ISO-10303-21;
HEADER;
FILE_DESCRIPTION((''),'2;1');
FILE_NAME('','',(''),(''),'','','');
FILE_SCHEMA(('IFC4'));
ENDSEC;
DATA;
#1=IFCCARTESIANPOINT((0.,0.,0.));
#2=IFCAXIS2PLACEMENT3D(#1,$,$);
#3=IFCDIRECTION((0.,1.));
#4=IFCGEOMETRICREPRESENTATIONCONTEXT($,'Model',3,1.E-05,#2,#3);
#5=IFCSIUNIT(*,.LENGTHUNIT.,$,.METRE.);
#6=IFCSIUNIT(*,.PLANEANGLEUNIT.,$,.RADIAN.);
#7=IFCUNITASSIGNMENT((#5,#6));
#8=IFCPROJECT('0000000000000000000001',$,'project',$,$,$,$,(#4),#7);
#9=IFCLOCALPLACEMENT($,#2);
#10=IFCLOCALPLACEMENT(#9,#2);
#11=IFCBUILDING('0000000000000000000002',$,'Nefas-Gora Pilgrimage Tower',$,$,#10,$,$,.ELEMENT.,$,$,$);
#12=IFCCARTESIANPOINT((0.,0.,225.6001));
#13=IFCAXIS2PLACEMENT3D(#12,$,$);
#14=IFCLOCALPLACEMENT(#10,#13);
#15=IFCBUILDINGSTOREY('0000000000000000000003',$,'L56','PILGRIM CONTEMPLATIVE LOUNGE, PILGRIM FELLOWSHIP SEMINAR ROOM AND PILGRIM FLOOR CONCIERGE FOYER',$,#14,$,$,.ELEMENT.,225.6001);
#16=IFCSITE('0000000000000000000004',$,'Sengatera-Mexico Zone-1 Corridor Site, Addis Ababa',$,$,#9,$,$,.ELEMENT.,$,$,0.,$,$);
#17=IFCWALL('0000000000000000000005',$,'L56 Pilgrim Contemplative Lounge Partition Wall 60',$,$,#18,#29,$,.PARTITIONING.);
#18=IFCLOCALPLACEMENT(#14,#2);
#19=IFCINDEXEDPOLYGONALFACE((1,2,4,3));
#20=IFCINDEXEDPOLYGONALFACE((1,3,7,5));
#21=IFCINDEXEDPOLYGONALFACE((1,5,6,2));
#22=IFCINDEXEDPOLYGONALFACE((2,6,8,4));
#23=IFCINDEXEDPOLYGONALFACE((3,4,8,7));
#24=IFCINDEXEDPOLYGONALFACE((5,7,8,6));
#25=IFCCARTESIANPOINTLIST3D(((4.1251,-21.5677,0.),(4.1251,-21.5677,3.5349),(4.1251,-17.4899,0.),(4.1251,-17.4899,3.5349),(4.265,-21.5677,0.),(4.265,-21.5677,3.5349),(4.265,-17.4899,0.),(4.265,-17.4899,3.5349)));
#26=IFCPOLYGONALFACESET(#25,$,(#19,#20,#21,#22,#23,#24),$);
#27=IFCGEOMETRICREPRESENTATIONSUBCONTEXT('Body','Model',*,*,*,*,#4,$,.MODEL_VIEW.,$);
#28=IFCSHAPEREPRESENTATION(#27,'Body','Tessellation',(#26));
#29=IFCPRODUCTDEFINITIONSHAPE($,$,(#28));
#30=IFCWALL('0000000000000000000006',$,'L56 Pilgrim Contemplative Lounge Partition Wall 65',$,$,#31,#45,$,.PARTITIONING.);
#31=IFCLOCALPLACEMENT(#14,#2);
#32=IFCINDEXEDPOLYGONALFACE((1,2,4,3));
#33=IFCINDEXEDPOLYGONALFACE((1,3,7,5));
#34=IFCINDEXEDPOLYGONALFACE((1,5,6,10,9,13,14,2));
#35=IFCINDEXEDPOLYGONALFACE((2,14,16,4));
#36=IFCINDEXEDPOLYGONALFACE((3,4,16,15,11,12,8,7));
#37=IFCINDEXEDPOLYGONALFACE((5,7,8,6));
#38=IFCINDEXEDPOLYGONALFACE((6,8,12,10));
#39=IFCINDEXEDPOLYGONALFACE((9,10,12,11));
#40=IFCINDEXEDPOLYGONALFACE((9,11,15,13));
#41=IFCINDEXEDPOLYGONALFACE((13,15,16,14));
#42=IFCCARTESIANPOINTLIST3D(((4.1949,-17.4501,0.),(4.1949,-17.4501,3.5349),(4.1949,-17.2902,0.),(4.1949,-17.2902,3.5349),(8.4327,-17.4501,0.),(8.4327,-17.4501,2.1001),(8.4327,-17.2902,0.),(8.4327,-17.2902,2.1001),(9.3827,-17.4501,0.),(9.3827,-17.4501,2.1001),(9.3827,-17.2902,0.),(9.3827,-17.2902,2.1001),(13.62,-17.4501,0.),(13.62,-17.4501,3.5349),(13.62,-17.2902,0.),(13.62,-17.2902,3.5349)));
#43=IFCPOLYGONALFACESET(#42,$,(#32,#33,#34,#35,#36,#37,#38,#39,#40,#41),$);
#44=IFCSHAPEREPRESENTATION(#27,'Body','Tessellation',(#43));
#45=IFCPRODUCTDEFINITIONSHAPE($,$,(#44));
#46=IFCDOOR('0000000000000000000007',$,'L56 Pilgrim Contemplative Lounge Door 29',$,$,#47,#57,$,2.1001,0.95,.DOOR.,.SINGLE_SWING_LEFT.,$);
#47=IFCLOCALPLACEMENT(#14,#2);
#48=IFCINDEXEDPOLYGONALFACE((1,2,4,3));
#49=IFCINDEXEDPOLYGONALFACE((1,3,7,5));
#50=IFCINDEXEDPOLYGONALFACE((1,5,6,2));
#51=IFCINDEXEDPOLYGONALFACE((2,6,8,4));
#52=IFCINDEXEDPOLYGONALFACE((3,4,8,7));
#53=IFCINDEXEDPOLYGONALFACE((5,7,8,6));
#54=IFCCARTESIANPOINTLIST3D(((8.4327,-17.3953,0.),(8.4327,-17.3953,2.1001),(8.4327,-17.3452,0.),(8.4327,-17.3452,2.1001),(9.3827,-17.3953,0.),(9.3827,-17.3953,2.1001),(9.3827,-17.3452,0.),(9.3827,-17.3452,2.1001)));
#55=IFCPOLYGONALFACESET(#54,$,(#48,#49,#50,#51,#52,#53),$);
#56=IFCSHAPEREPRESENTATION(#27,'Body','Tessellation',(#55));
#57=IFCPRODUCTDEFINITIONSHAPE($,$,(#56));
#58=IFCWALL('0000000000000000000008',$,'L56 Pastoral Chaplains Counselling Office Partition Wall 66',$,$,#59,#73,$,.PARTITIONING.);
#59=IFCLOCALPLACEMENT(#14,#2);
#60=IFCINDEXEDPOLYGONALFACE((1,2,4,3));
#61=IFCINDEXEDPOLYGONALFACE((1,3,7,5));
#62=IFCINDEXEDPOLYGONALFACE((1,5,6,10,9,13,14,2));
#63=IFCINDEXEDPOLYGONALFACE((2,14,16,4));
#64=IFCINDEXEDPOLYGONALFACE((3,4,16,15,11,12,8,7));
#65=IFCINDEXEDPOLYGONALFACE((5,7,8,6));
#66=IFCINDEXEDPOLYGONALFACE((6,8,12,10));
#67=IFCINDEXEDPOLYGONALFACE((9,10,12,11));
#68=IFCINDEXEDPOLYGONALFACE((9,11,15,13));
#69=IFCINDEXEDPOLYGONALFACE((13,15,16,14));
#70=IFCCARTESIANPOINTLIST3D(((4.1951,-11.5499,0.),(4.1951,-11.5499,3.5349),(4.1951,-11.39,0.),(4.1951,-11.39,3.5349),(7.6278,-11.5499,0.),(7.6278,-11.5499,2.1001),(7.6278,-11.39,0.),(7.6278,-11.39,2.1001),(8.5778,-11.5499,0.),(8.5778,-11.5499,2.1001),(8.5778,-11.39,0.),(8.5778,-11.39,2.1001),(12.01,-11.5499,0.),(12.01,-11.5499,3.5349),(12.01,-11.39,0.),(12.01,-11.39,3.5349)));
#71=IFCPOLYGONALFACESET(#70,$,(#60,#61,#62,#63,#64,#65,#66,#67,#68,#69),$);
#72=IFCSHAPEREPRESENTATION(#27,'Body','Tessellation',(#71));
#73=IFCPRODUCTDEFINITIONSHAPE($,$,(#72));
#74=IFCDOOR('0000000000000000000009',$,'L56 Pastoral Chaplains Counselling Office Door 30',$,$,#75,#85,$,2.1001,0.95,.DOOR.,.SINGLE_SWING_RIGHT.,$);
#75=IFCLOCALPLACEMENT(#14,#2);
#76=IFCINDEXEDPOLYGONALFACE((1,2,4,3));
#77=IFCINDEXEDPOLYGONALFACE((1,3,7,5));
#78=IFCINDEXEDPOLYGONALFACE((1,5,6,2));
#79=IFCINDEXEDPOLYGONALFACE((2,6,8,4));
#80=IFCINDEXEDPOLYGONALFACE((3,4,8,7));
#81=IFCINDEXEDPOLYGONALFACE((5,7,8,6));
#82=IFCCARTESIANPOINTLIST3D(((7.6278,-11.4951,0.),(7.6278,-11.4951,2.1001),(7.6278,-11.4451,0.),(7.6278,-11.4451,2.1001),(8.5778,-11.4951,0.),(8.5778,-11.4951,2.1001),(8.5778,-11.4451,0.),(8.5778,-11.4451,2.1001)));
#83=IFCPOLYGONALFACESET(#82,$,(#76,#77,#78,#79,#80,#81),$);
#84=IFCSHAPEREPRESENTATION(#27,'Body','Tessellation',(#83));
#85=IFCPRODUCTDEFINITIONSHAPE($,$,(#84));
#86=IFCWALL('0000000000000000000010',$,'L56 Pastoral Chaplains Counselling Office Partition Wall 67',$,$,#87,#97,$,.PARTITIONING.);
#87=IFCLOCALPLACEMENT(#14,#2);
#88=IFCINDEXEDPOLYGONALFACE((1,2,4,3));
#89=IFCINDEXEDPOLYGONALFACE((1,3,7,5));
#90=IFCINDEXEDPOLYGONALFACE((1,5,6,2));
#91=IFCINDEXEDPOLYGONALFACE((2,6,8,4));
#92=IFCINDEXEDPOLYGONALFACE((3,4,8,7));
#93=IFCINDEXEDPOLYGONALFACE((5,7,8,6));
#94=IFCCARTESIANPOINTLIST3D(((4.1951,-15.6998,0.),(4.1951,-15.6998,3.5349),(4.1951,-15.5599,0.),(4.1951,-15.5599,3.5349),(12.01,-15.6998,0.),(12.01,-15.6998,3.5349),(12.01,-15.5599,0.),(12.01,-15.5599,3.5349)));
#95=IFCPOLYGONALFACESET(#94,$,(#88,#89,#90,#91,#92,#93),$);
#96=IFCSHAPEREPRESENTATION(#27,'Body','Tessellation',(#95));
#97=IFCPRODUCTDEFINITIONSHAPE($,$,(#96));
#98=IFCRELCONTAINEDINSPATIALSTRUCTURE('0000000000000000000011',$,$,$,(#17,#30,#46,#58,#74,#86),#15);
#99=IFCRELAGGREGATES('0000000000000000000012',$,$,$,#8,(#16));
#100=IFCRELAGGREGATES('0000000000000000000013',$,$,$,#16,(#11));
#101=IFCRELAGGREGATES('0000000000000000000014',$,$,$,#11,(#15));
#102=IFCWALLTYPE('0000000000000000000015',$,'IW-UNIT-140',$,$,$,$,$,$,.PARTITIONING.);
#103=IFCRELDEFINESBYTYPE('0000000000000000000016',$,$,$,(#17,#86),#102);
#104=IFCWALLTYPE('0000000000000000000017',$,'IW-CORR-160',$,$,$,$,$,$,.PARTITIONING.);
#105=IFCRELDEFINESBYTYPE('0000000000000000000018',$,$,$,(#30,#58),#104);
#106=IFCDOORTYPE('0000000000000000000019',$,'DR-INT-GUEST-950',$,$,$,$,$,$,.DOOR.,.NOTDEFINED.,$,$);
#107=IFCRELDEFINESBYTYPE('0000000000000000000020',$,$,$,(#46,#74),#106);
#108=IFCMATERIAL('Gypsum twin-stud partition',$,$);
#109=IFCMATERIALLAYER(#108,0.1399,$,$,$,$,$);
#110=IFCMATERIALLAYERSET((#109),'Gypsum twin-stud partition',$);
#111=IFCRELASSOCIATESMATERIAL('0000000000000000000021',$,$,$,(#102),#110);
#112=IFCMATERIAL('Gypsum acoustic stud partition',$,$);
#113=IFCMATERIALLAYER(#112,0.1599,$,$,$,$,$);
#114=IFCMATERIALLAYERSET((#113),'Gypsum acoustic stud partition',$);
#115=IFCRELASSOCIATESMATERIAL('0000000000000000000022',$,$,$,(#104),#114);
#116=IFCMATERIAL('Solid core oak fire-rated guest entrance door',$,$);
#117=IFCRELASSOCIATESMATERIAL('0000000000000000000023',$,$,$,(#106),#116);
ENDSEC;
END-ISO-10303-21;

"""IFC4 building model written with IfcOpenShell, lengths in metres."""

from ifc_helpers import new_model, si_unit, direction, frame, frame_2d, origin, place, context, subcontext, project, spatial, rectangle, extrude, source, transform, mapped, material, layer, layer_set, type_object, element, fill, save


model = new_model("IFC4")

# Units and contexts
model_context = context("Model", 3, precision=1e-05, world=origin(), true_north=direction((0.0, 1.0)))
body_context = subcontext(model_context, "Body", "Model", "MODEL_VIEW")
ifc_project = project(units=[si_unit("LENGTHUNIT", "METRE"), si_unit("PLANEANGLEUNIT", "RADIAN")], contexts=[model_context])

# Site, building, storey
site_placement = place(None, origin())
site = spatial("IfcSite", under=ifc_project, at=site_placement, Name="Sengatera-Mexico Zone-1 Corridor Site, Addis Ababa", CompositionType="ELEMENT", RefElevation=0.0)
building_placement = place(site_placement, origin())
building = spatial("IfcBuilding", under=site, at=building_placement, Name="Nefas-Gora Pilgrimage Tower", CompositionType="ELEMENT")
storey_placement = place(building_placement, frame((0.0, 0.0, 225.6001)))
storey = spatial("IfcBuildingStorey", under=building, at=storey_placement, Name="L56", Description="PILGRIM CONTEMPLATIVE LOUNGE, PILGRIM FELLOWSHIP SEMINAR ROOM AND PILGRIM FLOOR CONCIERGE FOYER", CompositionType="ELEMENT", Elevation=225.6001)

# Wall
ifc_material_1 = material(Name="Gypsum twin-stud partition")
ifc_layer_1 = layer(ifc_material_1, 0.1399)
ifc_layer_set_1 = layer_set([ifc_layer_1], Name="Gypsum twin-stud partition")
wall_type_1 = type_object("IfcWallType", Name="IW-UNIT-140", PredefinedType="PARTITIONING", material=ifc_layer_set_1)
shared_shape_1 = source(origin(), body_context, "Body", "SweptSolid", [
    extrude(rectangle(XDim=4.0779, YDim=0.1399, at=frame_2d((2.0391, 0.0))), origin(), (0.0, 0.0, 1.0), 3.5349),
])
wall_1_placement = place(storey_placement, frame((4.1951, -21.5679, 0.0), z_axis=(0.0, 0.0, 1.0), x_axis=(0.0, 1.0, 0.0)))
element("IfcWall", 1, at=wall_1_placement, inside=storey, type_object=wall_type_1, Name="L56 Pilgrim Contemplative Lounge Partition Wall 60", PredefinedType="PARTITIONING", context=body_context, shape_type="MappedRepresentation", body=[
    mapped(shared_shape_1, transform((0.0, 0.0, 0.0), x_axis=(1.0, 0.0, 0.0), y_axis=(0.0, 1.0, 0.0), z_axis=(0.0, 0.0, 1.0), scale=1.0)),
])

# Walls, openings, doors
ifc_material_2 = material(Name="Gypsum acoustic stud partition")
ifc_layer_2 = layer(ifc_material_2, 0.1599)
ifc_layer_set_2 = layer_set([ifc_layer_2], Name="Gypsum acoustic stud partition")
wall_type_2 = type_object("IfcWallType", Name="IW-CORR-160", PredefinedType="PARTITIONING", material=ifc_layer_set_2)
shared_shape_2 = source(origin(), body_context, "Body", "SweptSolid", [
    extrude(rectangle(XDim=9.425, YDim=0.1599, at=frame_2d((4.7124, 0.0))), origin(), (0.0, 0.0, 1.0), 3.5349),
])
wall_2_placement = place(storey_placement, frame((4.1951, -17.3701, 0.0), z_axis=(0.0, 0.0, 1.0), x_axis=(1.0, 0.0, 0.0)))
wall_2 = element("IfcWall", 2, at=wall_2_placement, inside=storey, type_object=wall_type_2, Name="L56 Pilgrim Contemplative Lounge Partition Wall 65", PredefinedType="PARTITIONING", context=body_context, shape_type="MappedRepresentation", body=[
    mapped(shared_shape_2, transform((0.0, 0.0, 0.0), x_axis=(1.0, 0.0, 0.0), y_axis=(0.0, 1.0, 0.0), z_axis=(0.0, 0.0, 1.0), scale=1.0)),
])
opening_1_placement = place(wall_2_placement, frame((4.2375, 0.0, 0.0)))
opening_1 = element("IfcOpeningElement", 3, at=opening_1_placement, cuts=wall_2, PredefinedType="OPENING", context=body_context, shape_type="SweptSolid", body=[
    extrude(rectangle(XDim=0.95, YDim=2.1001, at=frame_2d((0.4751, 1.05))), frame((0.0, 0.0898, 0.0), z_axis=(0.0, -1.0, 0.0), x_axis=(1.0, 0.0, 0.0)), (0.0, 0.0, 1.0), 0.1799),
])
ifc_material_3 = material(Name="Solid core oak fire-rated guest entrance door")
door_type = type_object("IfcDoorType", Name="DR-INT-GUEST-950", OperationType="NOTDEFINED", PredefinedType="DOOR", material=ifc_material_3)
shared_shape_3 = source(origin(), body_context, "Body", "SweptSolid", [
    extrude(rectangle(XDim=0.95, YDim=2.1001, at=frame_2d((0.4751, 1.05))), frame((0.0, 0.0249, 0.0), z_axis=(0.0, -1.0, 0.0), x_axis=(1.0, 0.0, 0.0)), (0.0, 0.0, 1.0), 0.05),
])
door_1_placement = place(opening_1_placement, origin())
door_1 = element("IfcDoor", 4, at=door_1_placement, inside=storey, type_object=door_type, Name="L56 Pilgrim Contemplative Lounge Door 29", OperationType="SINGLE_SWING_LEFT", OverallHeight=2.1001, OverallWidth=0.95, PredefinedType="DOOR", context=body_context, shape_type="MappedRepresentation", body=[
    mapped(shared_shape_3, transform((0.0, 0.0, 0.0), x_axis=(1.0, 0.0, 0.0), y_axis=(0.0, 1.0, 0.0), z_axis=(0.0, 0.0, 1.0), scale=1.0)),
])
fill(opening_1, door_1)
shared_shape_4 = source(origin(), body_context, "Body", "SweptSolid", [
    extrude(rectangle(XDim=7.8149, YDim=0.1599, at=frame_2d((3.9075, 0.0))), origin(), (0.0, 0.0, 1.0), 3.5349),
])
wall_3_placement = place(storey_placement, frame((4.1951, -11.47, 0.0), z_axis=(0.0, 0.0, 1.0), x_axis=(1.0, 0.0, 0.0)))
wall_3 = element("IfcWall", 5, at=wall_3_placement, inside=storey, type_object=wall_type_2, Name="L56 Pastoral Chaplains Counselling Office Partition Wall 66", PredefinedType="PARTITIONING", context=body_context, shape_type="MappedRepresentation", body=[
    mapped(shared_shape_4, transform((0.0, 0.0, 0.0), x_axis=(1.0, 0.0, 0.0), y_axis=(0.0, 1.0, 0.0), z_axis=(0.0, 0.0, 1.0), scale=1.0)),
])
opening_2_placement = place(wall_3_placement, frame((3.4326, 0.0, 0.0)))
opening_2 = element("IfcOpeningElement", 6, at=opening_2_placement, cuts=wall_3, PredefinedType="OPENING", context=body_context, shape_type="SweptSolid", body=[
    extrude(rectangle(XDim=0.95, YDim=2.1001, at=frame_2d((0.4751, 1.05))), frame((0.0, 0.0898, 0.0), z_axis=(0.0, -1.0, 0.0), x_axis=(1.0, 0.0, 0.0)), (0.0, 0.0, 1.0), 0.1799),
])
door_2_placement = place(opening_2_placement, origin())
door_2 = element("IfcDoor", 7, at=door_2_placement, inside=storey, type_object=door_type, Name="L56 Pastoral Chaplains Counselling Office Door 30", OperationType="SINGLE_SWING_RIGHT", OverallHeight=2.1001, OverallWidth=0.95, PredefinedType="DOOR", context=body_context, shape_type="MappedRepresentation", body=[
    mapped(shared_shape_3, transform((0.0, 0.0, 0.0), x_axis=(1.0, 0.0, 0.0), y_axis=(0.0, 1.0, 0.0), z_axis=(0.0, 0.0, 1.0), scale=1.0)),
])
fill(opening_2, door_2)

# Wall
shared_shape_5 = source(origin(), body_context, "Body", "SweptSolid", [
    extrude(rectangle(XDim=7.8149, YDim=0.1399, at=frame_2d((3.9075, 0.0))), origin(), (0.0, 0.0, 1.0), 3.5349),
])
wall_4_placement = place(storey_placement, frame((4.1951, -15.6299, 0.0), z_axis=(0.0, 0.0, 1.0), x_axis=(1.0, 0.0, 0.0)))
element("IfcWall", 8, at=wall_4_placement, inside=storey, type_object=wall_type_1, Name="L56 Pastoral Chaplains Counselling Office Partition Wall 67", PredefinedType="PARTITIONING", context=body_context, shape_type="MappedRepresentation", body=[
    mapped(shared_shape_5, transform((0.0, 0.0, 0.0), x_axis=(1.0, 0.0, 0.0), y_axis=(0.0, 1.0, 0.0), z_axis=(0.0, 0.0, 1.0), scale=1.0)),
])

save(model, "model.ifc")
